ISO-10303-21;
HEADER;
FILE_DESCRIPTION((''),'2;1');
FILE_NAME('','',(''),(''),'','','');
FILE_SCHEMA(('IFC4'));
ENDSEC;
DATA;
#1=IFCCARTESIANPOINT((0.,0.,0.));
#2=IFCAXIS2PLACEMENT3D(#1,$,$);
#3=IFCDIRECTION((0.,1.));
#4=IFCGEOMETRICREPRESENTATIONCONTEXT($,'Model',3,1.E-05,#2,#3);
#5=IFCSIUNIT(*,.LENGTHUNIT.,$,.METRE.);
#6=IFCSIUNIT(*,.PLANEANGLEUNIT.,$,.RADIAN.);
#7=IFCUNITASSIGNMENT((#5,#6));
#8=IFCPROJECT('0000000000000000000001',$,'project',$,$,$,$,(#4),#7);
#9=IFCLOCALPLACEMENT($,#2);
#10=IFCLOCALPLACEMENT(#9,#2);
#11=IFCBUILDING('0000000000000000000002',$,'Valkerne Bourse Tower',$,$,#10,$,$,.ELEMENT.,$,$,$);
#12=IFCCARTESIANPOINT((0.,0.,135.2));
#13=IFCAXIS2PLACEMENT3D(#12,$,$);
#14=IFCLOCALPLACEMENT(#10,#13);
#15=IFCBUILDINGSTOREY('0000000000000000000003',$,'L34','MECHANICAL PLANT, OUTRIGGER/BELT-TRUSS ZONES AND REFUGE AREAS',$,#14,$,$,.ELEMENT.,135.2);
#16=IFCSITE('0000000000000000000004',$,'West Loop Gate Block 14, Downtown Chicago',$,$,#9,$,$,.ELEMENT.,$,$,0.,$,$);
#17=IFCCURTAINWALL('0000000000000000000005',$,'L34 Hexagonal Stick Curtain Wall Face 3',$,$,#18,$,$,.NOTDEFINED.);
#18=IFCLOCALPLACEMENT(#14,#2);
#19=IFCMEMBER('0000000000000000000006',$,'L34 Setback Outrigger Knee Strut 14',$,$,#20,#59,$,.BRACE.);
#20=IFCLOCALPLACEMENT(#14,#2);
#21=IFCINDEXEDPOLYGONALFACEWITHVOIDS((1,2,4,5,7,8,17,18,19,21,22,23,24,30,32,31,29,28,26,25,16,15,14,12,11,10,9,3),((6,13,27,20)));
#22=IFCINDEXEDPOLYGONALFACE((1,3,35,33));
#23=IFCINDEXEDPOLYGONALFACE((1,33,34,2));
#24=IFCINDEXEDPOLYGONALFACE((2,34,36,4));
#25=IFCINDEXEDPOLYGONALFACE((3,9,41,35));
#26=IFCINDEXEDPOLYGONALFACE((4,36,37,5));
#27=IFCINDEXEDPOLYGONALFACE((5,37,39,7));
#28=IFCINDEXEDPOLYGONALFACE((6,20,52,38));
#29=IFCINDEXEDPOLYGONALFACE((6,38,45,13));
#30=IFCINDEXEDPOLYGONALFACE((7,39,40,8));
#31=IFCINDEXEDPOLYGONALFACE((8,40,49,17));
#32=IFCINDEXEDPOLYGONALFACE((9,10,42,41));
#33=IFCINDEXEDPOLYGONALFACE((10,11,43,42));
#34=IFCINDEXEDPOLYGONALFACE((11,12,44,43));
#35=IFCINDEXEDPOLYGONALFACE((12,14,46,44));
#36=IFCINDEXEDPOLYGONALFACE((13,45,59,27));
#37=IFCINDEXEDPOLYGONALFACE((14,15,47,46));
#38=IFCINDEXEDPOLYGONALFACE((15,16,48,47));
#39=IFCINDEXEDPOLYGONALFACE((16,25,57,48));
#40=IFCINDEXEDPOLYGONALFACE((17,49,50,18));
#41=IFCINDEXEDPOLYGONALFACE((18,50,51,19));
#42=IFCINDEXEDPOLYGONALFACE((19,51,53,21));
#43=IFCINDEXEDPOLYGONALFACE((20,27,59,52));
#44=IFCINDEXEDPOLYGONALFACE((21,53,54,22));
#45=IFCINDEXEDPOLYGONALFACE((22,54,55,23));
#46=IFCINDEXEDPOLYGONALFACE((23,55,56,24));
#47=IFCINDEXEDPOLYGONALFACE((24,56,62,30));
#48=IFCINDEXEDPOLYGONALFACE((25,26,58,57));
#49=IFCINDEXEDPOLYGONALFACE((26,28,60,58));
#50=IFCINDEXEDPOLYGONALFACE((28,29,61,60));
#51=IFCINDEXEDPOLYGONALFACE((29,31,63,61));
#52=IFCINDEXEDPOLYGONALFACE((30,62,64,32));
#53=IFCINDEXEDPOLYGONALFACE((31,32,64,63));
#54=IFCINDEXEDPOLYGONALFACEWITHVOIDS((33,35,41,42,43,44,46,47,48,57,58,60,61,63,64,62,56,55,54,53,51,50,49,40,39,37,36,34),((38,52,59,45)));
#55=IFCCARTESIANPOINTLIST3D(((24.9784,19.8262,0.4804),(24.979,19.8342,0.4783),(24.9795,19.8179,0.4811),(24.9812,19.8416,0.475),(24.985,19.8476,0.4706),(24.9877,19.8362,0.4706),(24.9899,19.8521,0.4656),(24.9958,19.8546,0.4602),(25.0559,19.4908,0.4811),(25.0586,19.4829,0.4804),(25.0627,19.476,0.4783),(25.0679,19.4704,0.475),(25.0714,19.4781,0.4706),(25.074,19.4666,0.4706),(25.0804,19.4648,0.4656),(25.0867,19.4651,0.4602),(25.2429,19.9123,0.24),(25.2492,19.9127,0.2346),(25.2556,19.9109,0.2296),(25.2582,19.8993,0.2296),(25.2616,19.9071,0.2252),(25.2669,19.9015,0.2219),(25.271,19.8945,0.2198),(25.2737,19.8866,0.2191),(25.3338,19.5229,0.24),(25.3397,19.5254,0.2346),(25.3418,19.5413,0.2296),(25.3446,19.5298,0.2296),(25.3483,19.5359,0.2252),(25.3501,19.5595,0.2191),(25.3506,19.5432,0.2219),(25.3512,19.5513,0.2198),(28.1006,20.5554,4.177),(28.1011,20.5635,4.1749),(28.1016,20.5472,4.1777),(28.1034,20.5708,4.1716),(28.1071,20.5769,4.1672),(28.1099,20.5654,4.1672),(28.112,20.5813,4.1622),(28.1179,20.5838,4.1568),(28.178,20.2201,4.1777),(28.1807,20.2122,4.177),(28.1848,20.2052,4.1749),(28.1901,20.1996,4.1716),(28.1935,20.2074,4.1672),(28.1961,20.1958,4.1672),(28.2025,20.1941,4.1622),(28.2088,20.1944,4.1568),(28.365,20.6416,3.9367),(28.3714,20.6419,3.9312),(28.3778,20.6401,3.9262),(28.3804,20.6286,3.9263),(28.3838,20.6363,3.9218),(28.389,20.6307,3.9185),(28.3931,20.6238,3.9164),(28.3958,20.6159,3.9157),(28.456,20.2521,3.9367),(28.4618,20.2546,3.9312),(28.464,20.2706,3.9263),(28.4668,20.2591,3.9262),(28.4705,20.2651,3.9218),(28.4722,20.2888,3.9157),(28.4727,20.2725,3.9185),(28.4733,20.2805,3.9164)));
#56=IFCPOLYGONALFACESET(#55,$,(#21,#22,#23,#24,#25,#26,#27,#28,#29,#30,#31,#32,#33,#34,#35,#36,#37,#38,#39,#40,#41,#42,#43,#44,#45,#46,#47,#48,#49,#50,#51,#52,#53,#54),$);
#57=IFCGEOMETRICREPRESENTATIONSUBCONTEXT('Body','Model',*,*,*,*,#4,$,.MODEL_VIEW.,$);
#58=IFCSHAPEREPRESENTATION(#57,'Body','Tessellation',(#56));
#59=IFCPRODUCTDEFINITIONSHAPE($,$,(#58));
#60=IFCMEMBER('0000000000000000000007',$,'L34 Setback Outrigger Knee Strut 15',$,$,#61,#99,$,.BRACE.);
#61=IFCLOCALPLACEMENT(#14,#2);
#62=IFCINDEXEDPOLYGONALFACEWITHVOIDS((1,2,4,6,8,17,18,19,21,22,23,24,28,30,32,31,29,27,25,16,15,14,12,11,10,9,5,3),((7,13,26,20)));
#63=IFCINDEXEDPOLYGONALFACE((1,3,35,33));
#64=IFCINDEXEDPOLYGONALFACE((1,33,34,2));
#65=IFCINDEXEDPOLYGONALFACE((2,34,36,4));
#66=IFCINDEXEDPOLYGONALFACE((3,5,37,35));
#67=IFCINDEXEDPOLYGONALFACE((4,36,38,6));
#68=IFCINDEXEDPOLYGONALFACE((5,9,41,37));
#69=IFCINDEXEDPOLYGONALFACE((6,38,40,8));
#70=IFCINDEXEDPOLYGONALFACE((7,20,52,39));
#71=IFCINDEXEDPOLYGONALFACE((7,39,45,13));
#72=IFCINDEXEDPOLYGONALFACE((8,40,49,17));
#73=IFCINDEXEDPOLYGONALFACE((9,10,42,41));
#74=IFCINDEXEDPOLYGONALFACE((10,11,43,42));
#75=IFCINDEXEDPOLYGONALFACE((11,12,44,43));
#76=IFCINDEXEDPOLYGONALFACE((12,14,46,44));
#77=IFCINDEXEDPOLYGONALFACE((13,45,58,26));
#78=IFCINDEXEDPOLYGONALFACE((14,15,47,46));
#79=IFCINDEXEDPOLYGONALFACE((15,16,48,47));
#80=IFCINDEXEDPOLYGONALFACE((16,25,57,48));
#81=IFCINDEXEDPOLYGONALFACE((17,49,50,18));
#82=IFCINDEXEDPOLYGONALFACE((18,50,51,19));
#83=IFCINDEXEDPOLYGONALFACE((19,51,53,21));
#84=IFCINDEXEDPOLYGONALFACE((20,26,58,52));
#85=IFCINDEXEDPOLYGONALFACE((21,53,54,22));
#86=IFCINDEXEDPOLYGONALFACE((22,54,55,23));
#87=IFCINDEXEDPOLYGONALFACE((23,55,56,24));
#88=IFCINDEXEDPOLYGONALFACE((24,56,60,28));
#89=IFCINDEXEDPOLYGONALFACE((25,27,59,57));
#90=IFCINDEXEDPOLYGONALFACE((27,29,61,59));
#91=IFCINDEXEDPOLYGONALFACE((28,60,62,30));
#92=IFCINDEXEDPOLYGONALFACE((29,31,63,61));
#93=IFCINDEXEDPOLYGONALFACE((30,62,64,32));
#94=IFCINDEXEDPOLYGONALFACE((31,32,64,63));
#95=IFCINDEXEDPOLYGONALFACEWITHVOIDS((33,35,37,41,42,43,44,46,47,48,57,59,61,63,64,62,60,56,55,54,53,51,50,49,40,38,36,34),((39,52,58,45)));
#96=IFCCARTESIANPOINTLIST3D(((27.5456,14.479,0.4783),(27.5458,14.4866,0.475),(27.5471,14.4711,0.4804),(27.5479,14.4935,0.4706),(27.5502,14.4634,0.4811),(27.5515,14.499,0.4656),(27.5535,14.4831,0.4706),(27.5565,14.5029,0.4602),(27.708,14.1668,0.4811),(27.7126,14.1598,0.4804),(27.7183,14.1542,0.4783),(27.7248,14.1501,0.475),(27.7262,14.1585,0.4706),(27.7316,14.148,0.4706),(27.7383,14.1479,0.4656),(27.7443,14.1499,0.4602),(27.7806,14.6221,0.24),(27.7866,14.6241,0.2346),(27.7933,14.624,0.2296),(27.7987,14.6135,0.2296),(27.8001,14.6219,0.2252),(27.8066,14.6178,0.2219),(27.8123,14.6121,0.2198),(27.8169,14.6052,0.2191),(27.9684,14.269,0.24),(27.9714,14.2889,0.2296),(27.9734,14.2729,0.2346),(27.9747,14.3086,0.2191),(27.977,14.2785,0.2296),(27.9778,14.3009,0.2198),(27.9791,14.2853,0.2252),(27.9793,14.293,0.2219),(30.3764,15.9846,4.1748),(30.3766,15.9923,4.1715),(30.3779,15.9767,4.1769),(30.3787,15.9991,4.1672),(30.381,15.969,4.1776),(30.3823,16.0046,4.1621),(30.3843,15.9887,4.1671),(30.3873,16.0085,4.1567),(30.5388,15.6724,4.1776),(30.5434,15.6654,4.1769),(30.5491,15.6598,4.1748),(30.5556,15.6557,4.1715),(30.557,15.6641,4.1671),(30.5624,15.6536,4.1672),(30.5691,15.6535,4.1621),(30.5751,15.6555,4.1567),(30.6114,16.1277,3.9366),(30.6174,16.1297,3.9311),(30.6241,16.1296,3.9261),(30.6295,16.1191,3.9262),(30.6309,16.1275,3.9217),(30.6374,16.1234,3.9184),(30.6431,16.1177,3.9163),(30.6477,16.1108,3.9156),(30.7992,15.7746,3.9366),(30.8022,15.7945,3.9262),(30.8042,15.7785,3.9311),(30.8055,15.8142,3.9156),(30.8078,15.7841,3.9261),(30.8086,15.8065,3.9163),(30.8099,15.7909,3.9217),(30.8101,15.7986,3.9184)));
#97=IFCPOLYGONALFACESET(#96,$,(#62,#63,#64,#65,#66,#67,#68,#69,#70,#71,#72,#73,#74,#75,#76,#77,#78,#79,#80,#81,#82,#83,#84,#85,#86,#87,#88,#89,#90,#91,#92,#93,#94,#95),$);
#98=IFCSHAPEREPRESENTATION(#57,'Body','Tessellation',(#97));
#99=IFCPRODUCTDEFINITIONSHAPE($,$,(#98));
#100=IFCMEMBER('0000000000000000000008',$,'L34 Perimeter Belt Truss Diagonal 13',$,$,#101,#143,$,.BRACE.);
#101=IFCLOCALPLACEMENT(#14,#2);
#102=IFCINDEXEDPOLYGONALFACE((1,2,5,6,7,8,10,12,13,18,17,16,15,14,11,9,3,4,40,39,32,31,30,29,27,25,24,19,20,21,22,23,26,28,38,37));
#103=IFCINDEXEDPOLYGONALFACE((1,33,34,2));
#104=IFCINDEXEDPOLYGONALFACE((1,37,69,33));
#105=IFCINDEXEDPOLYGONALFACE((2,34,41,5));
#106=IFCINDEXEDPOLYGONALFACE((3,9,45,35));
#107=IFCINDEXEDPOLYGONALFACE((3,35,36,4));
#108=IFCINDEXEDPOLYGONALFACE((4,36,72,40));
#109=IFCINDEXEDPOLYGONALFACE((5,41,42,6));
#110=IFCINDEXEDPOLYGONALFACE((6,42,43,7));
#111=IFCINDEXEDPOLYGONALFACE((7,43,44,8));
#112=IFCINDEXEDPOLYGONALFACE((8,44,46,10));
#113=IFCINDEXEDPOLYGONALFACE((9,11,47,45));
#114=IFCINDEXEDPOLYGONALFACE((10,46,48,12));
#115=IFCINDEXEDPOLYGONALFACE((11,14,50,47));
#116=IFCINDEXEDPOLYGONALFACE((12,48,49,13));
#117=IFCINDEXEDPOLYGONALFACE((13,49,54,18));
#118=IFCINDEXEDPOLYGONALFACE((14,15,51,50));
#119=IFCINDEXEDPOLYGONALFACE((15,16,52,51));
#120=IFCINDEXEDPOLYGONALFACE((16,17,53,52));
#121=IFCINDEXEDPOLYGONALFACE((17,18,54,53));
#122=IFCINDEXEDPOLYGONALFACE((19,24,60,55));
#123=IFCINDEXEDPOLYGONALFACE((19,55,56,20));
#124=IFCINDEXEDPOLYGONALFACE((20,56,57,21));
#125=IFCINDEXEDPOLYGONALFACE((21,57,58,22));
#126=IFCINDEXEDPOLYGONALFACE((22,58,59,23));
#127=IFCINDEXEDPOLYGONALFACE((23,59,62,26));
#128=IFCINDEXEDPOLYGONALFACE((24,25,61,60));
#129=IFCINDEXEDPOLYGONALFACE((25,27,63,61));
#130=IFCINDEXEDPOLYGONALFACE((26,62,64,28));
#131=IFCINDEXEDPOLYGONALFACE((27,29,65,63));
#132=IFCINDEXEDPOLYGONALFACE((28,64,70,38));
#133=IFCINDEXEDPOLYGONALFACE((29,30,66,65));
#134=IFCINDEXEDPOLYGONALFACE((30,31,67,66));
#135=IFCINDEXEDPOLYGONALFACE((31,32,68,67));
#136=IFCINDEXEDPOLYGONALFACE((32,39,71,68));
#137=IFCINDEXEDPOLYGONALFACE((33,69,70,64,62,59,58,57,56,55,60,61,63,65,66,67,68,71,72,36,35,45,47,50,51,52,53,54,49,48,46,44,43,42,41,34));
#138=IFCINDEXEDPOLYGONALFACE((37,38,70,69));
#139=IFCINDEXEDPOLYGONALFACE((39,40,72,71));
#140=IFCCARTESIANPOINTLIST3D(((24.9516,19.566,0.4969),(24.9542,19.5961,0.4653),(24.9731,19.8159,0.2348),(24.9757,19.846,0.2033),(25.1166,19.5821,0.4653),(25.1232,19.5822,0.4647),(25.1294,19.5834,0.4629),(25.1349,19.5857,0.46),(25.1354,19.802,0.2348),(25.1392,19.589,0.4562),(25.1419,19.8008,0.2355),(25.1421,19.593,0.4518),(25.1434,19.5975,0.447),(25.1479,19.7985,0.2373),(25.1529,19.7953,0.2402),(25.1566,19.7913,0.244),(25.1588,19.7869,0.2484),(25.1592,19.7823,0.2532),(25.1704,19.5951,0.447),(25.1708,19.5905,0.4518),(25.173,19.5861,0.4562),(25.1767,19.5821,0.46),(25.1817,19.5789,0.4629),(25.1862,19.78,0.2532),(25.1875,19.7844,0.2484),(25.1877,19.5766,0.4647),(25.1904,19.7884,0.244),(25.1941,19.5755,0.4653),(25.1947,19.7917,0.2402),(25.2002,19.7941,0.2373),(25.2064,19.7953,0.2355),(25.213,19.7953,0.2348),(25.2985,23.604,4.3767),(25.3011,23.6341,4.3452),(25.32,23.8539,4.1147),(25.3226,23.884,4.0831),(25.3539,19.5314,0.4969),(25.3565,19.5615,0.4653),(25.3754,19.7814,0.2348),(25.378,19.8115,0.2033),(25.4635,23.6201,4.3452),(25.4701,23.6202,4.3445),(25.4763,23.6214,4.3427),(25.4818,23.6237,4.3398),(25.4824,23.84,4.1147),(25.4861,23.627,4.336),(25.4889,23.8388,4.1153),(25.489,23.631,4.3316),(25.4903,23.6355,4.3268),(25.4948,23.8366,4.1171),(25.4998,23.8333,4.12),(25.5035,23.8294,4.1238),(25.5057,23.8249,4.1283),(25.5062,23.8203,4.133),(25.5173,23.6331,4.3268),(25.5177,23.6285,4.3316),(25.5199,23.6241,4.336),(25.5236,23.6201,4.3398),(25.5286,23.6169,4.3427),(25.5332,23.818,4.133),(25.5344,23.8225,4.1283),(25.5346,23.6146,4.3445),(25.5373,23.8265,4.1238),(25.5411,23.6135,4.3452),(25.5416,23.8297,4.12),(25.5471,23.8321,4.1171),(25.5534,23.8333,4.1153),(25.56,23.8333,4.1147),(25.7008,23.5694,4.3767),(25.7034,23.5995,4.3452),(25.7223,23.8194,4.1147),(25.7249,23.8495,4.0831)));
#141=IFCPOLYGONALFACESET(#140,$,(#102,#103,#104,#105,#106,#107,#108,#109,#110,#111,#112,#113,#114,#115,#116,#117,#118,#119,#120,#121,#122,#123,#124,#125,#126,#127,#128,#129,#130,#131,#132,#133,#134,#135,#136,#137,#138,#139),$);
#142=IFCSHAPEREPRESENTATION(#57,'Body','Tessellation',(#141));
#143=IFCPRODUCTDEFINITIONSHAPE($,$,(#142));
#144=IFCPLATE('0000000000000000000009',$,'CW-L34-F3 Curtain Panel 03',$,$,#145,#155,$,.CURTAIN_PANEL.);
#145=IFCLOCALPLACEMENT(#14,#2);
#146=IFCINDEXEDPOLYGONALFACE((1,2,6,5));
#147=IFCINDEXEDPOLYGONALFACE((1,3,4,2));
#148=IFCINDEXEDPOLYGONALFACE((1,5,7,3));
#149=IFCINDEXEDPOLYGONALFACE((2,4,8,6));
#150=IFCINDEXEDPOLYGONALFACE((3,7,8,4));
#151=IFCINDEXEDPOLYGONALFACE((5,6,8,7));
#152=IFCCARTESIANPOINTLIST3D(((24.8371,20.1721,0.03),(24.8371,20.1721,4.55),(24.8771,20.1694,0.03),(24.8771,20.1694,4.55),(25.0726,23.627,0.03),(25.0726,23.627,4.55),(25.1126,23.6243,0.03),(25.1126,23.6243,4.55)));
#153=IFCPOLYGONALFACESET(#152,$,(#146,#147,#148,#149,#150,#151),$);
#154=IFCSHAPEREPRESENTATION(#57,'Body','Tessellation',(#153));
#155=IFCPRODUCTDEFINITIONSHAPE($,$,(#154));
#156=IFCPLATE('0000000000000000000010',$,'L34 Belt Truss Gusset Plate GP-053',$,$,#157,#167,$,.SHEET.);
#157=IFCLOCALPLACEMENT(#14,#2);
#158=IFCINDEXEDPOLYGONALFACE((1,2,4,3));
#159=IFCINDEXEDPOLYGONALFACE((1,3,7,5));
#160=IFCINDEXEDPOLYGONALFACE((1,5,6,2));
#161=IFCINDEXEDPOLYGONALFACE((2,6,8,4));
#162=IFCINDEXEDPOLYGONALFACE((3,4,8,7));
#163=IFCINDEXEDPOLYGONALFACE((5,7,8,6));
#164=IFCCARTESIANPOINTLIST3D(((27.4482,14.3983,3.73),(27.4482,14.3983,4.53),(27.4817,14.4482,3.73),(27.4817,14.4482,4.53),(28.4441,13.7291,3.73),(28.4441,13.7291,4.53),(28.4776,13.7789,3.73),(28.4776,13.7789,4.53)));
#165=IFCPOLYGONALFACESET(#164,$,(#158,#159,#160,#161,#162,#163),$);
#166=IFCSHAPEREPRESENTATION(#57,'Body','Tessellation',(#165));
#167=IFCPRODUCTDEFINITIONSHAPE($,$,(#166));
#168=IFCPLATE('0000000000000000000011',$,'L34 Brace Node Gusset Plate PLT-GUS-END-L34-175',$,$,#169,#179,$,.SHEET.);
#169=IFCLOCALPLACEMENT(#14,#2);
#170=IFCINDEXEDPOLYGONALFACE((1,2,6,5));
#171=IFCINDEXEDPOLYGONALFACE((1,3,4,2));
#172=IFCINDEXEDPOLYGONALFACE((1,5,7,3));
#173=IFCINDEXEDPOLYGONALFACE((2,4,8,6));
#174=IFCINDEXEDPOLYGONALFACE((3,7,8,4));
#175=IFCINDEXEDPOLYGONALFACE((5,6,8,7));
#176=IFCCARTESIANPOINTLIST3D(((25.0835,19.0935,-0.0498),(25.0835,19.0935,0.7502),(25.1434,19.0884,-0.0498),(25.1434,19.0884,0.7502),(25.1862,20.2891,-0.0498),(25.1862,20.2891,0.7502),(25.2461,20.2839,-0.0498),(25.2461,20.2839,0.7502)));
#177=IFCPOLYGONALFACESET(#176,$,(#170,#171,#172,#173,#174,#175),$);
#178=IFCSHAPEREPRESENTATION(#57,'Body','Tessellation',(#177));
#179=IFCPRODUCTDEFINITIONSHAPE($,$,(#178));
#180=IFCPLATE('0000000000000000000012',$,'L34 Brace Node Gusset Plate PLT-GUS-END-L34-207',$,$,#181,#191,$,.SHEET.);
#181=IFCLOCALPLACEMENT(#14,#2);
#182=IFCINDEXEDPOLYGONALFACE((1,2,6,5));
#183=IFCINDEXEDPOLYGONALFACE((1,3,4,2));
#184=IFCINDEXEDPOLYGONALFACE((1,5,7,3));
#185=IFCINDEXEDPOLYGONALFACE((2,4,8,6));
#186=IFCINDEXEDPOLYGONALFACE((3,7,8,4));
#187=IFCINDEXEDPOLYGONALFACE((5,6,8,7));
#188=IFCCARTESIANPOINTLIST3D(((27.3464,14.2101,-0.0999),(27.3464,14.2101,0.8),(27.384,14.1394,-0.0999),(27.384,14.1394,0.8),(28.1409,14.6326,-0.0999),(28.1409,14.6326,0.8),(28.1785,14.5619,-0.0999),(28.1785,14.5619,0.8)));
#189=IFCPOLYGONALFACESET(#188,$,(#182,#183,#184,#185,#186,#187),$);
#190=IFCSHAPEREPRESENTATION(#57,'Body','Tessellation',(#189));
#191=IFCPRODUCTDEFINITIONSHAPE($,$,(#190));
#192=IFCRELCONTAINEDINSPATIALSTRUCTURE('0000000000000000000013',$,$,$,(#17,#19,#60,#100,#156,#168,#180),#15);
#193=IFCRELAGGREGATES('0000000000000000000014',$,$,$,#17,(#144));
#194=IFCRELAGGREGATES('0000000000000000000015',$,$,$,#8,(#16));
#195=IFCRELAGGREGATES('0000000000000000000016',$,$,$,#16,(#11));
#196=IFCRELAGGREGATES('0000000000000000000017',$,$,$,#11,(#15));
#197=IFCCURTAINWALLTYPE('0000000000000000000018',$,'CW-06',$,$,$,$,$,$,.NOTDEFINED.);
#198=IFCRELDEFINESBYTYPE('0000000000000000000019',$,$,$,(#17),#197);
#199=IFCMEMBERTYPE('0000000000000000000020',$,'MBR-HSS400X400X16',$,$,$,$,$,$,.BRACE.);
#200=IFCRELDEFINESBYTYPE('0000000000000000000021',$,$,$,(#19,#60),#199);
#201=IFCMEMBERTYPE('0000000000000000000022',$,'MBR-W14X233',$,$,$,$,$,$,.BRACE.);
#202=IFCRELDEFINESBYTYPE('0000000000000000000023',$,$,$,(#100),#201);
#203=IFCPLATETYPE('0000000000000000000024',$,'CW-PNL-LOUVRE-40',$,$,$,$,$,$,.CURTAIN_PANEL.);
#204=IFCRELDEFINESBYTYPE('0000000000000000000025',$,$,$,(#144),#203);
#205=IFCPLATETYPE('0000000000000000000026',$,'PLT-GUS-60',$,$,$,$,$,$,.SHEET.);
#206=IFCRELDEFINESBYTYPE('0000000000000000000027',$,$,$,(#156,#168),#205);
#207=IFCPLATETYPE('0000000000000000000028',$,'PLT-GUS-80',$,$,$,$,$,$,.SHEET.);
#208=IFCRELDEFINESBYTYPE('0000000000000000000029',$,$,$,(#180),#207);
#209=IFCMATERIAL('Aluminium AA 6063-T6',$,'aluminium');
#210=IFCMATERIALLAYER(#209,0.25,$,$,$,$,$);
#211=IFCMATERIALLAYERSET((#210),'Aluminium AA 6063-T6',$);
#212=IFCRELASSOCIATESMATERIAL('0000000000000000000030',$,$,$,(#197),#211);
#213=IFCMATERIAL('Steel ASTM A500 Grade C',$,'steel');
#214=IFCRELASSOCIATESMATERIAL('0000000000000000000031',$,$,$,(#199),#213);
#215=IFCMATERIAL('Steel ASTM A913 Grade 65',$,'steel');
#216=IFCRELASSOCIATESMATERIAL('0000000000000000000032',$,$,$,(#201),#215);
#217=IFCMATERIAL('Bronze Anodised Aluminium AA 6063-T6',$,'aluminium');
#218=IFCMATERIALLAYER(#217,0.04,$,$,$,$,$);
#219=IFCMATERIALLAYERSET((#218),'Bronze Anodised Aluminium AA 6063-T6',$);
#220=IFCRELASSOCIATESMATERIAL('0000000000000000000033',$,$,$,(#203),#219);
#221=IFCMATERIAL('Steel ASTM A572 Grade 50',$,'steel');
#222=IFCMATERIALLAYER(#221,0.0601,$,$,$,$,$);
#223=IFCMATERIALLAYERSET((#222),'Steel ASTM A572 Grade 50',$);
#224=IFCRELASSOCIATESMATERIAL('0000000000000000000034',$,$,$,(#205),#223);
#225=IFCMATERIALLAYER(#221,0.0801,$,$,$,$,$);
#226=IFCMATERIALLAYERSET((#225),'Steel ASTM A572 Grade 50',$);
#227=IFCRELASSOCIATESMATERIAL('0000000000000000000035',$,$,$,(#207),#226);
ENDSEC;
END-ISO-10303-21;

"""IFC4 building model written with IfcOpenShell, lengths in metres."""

from ifc_helpers import new_model, si_unit, direction, frame, origin, origin_2d, place, context, subcontext, project, spatial, rectangle, hollow_rectangle, i_section, extrude, material, layer, layer_set, material_profile, profile_set, type_object, element, aggregate, save


model = new_model("IFC4")

# Units and contexts
model_context = context("Model", 3, precision=1e-05, world=origin(), true_north=direction((0.0, 1.0)))
body_context = subcontext(model_context, "Body", "Model", "MODEL_VIEW")
ifc_project = project(units=[si_unit("LENGTHUNIT", "METRE"), si_unit("PLANEANGLEUNIT", "RADIAN")], contexts=[model_context])

# Site, building, storey
site_placement = place(None, origin())
site = spatial("IfcSite", under=ifc_project, at=site_placement, Name="West Loop Gate Block 14, Downtown Chicago", CompositionType="ELEMENT", RefElevation=0.0)
building_placement = place(site_placement, origin())
building = spatial("IfcBuilding", under=site, at=building_placement, Name="Valkerne Bourse Tower", CompositionType="ELEMENT")
storey_placement = place(building_placement, frame((0.0, 0.0, 135.2)))
storey = spatial("IfcBuildingStorey", under=building, at=storey_placement, Name="L34", Description="MECHANICAL PLANT, OUTRIGGER/BELT-TRUSS ZONES AND REFUGE AREAS", CompositionType="ELEMENT", Elevation=135.2)

# Shared definitions
ifc_material_1 = material(Name="Steel ASTM A913 Grade 65", Category="steel")

# Curtain wall
ifc_material_2 = material(Name="Aluminium AA 6063-T6", Category="aluminium")
ifc_layer_1 = layer(ifc_material_2, 0.25)
ifc_layer_set_1 = layer_set([ifc_layer_1], Name="Aluminium AA 6063-T6")
curtain_wall_type = type_object("IfcCurtainWallType", Name="CW-06", PredefinedType="NOTDEFINED", material=ifc_layer_set_1)
curtain_wall_1_placement = place(storey_placement, origin())
curtain_wall_1 = element("IfcCurtainWall", 1, at=curtain_wall_1_placement, inside=storey, type_object=curtain_wall_type, Name="L34 Hexagonal Stick Curtain Wall Face 3", PredefinedType="NOTDEFINED")

# Members
ifc_material_3 = material(Name="Steel ASTM A500 Grade C", Category="steel")
ifc_material_profile_1 = material_profile(ifc_material_3, hollow_rectangle(XDim=0.3999, YDim=0.3999, WallThickness=0.0161, OuterFilletRadius=0.032, at=origin_2d()), Name="HSS400X400X16")
ifc_profile_set_1 = profile_set([ifc_material_profile_1], Name="Steel ASTM A500 Grade C")
member_type_1 = type_object("IfcMemberType", Name="MBR-HSS400X400X16", PredefinedType="BRACE", material=ifc_profile_set_1)
for number, where, z_axis, x_axis, name in (
    (2, (25.1648, 19.6887, 0.3501), (0.638042, 0.149033, 0.755442), (-0.227456, 0.973788, 0.0), "L34 Setback Outrigger Knee Strut 14"),
    (3, (27.7625, 14.386, 0.3501), (0.578503, 0.307687, 0.755422), (-0.46958, 0.88289, 0.0), "L34 Setback Outrigger Knee Strut 15"),
):
    element("IfcMember", number, at=place(storey_placement, frame(where, z_axis=z_axis, x_axis=x_axis)), inside=storey, type_object=member_type_1, Name=name, PredefinedType="BRACE", context=body_context, shape_type="SweptSolid", body=[
        extrude(hollow_rectangle(XDim=0.3999, YDim=0.3999, WallThickness=0.0161, OuterFilletRadius=0.032, at=origin_2d()), origin(), (0.0, 0.0, 1.0), 4.8933),
    ])
ifc_material_profile_2 = material_profile(ifc_material_1, i_section(OverallWidth=0.4038, OverallDepth=0.4065, WebThickness=0.0271, FlangeThickness=0.0437, FilletRadius=0.0254, at=origin_2d()), Name="W14X233")
ifc_profile_set_2 = profile_set([ifc_material_profile_2], Name="Steel ASTM A913 Grade 65")
member_type_2 = type_object("IfcMemberType", Name="MBR-W14X233", PredefinedType="BRACE", material=ifc_profile_set_2)
member_1_placement = place(storey_placement, frame((25.1648, 19.6887, 0.3501), z_axis=(0.061833, 0.719711, 0.691515), x_axis=(-0.99633, 0.085598, 0.0)))
element("IfcMember", 4, at=member_1_placement, inside=storey, type_object=member_type_2, Name="L34 Perimeter Belt Truss Diagonal 13", PredefinedType="BRACE", context=body_context, shape_type="SweptSolid", body=[
    extrude(i_section(OverallWidth=0.4038, OverallDepth=0.4065, WebThickness=0.0271, FlangeThickness=0.0437, FilletRadius=0.0254, at=origin_2d()), origin(), (0.0, 0.0, 1.0), 5.6106),
])

# Plate
ifc_material_4 = material(Name="Bronze Anodised Aluminium AA 6063-T6", Category="aluminium")
ifc_layer_2 = layer(ifc_material_4, 0.04)
ifc_layer_set_2 = layer_set([ifc_layer_2], Name="Bronze Anodised Aluminium AA 6063-T6")
plate_type_1 = type_object("IfcPlateType", Name="CW-PNL-LOUVRE-40", PredefinedType="CURTAIN_PANEL", material=ifc_layer_set_2)
plate_1_placement = place(storey_placement, frame((24.9749, 21.8982, 0.03), z_axis=(0.0, 0.0, 1.0), x_axis=(-0.068014, -0.997684, 0.0)))
plate_1 = element("IfcPlate", 5, at=plate_1_placement, type_object=plate_type_1, Name="CW-L34-F3 Curtain Panel 03", PredefinedType="CURTAIN_PANEL", context=body_context, shape_type="SweptSolid", body=[
    extrude(rectangle(XDim=3.4629, YDim=0.04, at=origin_2d()), origin(), (0.0, 0.0, 1.0), 4.52),
])
aggregate(curtain_wall_1, [plate_1])

# Plates
ifc_material_5 = material(Name="Steel ASTM A572 Grade 50", Category="steel")
ifc_layer_3 = layer(ifc_material_5, 0.0601)
ifc_layer_set_3 = layer_set([ifc_layer_3], Name="Steel ASTM A572 Grade 50")
plate_type_2 = type_object("IfcPlateType", Name="PLT-GUS-60", PredefinedType="SHEET", material=ifc_layer_set_3)
for number, where, z_axis, x_axis, name in (
    (6, (27.9629, 14.0886, 3.73), (0.0, 0.0, 1.0), (0.830012, -0.557745, 0.0), "L34 Belt Truss Gusset Plate GP-053"),
    (7, (25.1648, 19.6887, -0.0498), (0.0, 0.0, 1.0), (0.085591, 0.99633, 0.0), "L34 Brace Node Gusset Plate PLT-GUS-END-L34-175"),
):
    element("IfcPlate", number, at=place(storey_placement, frame(where, z_axis=z_axis, x_axis=x_axis)), inside=storey, type_object=plate_type_2, Name=name, PredefinedType="SHEET", context=body_context, shape_type="SweptSolid", body=[
        extrude(rectangle(XDim=1.2, YDim=0.0601, at=origin_2d()), origin(), (0.0, 0.0, 1.0), 0.8),
    ])
ifc_layer_4 = layer(ifc_material_5, 0.0801)
ifc_layer_set_4 = layer_set([ifc_layer_4], Name="Steel ASTM A572 Grade 50")
plate_type_3 = type_object("IfcPlateType", Name="PLT-GUS-80", PredefinedType="SHEET", material=ifc_layer_set_4)
plate_2_placement = place(storey_placement, frame((27.7625, 14.386, -0.0999), z_axis=(0.0, 0.0, 1.0), x_axis=(0.882948, 0.469472, 0.0)))
element("IfcPlate", 8, at=plate_2_placement, inside=storey, type_object=plate_type_3, Name="L34 Brace Node Gusset Plate PLT-GUS-END-L34-207", PredefinedType="SHEET", context=body_context, shape_type="SweptSolid", body=[
    extrude(rectangle(XDim=0.8999, YDim=0.0801, at=origin_2d()), origin(), (0.0, 0.0, 1.0), 0.8999),
])

save(model, "model.ifc")
